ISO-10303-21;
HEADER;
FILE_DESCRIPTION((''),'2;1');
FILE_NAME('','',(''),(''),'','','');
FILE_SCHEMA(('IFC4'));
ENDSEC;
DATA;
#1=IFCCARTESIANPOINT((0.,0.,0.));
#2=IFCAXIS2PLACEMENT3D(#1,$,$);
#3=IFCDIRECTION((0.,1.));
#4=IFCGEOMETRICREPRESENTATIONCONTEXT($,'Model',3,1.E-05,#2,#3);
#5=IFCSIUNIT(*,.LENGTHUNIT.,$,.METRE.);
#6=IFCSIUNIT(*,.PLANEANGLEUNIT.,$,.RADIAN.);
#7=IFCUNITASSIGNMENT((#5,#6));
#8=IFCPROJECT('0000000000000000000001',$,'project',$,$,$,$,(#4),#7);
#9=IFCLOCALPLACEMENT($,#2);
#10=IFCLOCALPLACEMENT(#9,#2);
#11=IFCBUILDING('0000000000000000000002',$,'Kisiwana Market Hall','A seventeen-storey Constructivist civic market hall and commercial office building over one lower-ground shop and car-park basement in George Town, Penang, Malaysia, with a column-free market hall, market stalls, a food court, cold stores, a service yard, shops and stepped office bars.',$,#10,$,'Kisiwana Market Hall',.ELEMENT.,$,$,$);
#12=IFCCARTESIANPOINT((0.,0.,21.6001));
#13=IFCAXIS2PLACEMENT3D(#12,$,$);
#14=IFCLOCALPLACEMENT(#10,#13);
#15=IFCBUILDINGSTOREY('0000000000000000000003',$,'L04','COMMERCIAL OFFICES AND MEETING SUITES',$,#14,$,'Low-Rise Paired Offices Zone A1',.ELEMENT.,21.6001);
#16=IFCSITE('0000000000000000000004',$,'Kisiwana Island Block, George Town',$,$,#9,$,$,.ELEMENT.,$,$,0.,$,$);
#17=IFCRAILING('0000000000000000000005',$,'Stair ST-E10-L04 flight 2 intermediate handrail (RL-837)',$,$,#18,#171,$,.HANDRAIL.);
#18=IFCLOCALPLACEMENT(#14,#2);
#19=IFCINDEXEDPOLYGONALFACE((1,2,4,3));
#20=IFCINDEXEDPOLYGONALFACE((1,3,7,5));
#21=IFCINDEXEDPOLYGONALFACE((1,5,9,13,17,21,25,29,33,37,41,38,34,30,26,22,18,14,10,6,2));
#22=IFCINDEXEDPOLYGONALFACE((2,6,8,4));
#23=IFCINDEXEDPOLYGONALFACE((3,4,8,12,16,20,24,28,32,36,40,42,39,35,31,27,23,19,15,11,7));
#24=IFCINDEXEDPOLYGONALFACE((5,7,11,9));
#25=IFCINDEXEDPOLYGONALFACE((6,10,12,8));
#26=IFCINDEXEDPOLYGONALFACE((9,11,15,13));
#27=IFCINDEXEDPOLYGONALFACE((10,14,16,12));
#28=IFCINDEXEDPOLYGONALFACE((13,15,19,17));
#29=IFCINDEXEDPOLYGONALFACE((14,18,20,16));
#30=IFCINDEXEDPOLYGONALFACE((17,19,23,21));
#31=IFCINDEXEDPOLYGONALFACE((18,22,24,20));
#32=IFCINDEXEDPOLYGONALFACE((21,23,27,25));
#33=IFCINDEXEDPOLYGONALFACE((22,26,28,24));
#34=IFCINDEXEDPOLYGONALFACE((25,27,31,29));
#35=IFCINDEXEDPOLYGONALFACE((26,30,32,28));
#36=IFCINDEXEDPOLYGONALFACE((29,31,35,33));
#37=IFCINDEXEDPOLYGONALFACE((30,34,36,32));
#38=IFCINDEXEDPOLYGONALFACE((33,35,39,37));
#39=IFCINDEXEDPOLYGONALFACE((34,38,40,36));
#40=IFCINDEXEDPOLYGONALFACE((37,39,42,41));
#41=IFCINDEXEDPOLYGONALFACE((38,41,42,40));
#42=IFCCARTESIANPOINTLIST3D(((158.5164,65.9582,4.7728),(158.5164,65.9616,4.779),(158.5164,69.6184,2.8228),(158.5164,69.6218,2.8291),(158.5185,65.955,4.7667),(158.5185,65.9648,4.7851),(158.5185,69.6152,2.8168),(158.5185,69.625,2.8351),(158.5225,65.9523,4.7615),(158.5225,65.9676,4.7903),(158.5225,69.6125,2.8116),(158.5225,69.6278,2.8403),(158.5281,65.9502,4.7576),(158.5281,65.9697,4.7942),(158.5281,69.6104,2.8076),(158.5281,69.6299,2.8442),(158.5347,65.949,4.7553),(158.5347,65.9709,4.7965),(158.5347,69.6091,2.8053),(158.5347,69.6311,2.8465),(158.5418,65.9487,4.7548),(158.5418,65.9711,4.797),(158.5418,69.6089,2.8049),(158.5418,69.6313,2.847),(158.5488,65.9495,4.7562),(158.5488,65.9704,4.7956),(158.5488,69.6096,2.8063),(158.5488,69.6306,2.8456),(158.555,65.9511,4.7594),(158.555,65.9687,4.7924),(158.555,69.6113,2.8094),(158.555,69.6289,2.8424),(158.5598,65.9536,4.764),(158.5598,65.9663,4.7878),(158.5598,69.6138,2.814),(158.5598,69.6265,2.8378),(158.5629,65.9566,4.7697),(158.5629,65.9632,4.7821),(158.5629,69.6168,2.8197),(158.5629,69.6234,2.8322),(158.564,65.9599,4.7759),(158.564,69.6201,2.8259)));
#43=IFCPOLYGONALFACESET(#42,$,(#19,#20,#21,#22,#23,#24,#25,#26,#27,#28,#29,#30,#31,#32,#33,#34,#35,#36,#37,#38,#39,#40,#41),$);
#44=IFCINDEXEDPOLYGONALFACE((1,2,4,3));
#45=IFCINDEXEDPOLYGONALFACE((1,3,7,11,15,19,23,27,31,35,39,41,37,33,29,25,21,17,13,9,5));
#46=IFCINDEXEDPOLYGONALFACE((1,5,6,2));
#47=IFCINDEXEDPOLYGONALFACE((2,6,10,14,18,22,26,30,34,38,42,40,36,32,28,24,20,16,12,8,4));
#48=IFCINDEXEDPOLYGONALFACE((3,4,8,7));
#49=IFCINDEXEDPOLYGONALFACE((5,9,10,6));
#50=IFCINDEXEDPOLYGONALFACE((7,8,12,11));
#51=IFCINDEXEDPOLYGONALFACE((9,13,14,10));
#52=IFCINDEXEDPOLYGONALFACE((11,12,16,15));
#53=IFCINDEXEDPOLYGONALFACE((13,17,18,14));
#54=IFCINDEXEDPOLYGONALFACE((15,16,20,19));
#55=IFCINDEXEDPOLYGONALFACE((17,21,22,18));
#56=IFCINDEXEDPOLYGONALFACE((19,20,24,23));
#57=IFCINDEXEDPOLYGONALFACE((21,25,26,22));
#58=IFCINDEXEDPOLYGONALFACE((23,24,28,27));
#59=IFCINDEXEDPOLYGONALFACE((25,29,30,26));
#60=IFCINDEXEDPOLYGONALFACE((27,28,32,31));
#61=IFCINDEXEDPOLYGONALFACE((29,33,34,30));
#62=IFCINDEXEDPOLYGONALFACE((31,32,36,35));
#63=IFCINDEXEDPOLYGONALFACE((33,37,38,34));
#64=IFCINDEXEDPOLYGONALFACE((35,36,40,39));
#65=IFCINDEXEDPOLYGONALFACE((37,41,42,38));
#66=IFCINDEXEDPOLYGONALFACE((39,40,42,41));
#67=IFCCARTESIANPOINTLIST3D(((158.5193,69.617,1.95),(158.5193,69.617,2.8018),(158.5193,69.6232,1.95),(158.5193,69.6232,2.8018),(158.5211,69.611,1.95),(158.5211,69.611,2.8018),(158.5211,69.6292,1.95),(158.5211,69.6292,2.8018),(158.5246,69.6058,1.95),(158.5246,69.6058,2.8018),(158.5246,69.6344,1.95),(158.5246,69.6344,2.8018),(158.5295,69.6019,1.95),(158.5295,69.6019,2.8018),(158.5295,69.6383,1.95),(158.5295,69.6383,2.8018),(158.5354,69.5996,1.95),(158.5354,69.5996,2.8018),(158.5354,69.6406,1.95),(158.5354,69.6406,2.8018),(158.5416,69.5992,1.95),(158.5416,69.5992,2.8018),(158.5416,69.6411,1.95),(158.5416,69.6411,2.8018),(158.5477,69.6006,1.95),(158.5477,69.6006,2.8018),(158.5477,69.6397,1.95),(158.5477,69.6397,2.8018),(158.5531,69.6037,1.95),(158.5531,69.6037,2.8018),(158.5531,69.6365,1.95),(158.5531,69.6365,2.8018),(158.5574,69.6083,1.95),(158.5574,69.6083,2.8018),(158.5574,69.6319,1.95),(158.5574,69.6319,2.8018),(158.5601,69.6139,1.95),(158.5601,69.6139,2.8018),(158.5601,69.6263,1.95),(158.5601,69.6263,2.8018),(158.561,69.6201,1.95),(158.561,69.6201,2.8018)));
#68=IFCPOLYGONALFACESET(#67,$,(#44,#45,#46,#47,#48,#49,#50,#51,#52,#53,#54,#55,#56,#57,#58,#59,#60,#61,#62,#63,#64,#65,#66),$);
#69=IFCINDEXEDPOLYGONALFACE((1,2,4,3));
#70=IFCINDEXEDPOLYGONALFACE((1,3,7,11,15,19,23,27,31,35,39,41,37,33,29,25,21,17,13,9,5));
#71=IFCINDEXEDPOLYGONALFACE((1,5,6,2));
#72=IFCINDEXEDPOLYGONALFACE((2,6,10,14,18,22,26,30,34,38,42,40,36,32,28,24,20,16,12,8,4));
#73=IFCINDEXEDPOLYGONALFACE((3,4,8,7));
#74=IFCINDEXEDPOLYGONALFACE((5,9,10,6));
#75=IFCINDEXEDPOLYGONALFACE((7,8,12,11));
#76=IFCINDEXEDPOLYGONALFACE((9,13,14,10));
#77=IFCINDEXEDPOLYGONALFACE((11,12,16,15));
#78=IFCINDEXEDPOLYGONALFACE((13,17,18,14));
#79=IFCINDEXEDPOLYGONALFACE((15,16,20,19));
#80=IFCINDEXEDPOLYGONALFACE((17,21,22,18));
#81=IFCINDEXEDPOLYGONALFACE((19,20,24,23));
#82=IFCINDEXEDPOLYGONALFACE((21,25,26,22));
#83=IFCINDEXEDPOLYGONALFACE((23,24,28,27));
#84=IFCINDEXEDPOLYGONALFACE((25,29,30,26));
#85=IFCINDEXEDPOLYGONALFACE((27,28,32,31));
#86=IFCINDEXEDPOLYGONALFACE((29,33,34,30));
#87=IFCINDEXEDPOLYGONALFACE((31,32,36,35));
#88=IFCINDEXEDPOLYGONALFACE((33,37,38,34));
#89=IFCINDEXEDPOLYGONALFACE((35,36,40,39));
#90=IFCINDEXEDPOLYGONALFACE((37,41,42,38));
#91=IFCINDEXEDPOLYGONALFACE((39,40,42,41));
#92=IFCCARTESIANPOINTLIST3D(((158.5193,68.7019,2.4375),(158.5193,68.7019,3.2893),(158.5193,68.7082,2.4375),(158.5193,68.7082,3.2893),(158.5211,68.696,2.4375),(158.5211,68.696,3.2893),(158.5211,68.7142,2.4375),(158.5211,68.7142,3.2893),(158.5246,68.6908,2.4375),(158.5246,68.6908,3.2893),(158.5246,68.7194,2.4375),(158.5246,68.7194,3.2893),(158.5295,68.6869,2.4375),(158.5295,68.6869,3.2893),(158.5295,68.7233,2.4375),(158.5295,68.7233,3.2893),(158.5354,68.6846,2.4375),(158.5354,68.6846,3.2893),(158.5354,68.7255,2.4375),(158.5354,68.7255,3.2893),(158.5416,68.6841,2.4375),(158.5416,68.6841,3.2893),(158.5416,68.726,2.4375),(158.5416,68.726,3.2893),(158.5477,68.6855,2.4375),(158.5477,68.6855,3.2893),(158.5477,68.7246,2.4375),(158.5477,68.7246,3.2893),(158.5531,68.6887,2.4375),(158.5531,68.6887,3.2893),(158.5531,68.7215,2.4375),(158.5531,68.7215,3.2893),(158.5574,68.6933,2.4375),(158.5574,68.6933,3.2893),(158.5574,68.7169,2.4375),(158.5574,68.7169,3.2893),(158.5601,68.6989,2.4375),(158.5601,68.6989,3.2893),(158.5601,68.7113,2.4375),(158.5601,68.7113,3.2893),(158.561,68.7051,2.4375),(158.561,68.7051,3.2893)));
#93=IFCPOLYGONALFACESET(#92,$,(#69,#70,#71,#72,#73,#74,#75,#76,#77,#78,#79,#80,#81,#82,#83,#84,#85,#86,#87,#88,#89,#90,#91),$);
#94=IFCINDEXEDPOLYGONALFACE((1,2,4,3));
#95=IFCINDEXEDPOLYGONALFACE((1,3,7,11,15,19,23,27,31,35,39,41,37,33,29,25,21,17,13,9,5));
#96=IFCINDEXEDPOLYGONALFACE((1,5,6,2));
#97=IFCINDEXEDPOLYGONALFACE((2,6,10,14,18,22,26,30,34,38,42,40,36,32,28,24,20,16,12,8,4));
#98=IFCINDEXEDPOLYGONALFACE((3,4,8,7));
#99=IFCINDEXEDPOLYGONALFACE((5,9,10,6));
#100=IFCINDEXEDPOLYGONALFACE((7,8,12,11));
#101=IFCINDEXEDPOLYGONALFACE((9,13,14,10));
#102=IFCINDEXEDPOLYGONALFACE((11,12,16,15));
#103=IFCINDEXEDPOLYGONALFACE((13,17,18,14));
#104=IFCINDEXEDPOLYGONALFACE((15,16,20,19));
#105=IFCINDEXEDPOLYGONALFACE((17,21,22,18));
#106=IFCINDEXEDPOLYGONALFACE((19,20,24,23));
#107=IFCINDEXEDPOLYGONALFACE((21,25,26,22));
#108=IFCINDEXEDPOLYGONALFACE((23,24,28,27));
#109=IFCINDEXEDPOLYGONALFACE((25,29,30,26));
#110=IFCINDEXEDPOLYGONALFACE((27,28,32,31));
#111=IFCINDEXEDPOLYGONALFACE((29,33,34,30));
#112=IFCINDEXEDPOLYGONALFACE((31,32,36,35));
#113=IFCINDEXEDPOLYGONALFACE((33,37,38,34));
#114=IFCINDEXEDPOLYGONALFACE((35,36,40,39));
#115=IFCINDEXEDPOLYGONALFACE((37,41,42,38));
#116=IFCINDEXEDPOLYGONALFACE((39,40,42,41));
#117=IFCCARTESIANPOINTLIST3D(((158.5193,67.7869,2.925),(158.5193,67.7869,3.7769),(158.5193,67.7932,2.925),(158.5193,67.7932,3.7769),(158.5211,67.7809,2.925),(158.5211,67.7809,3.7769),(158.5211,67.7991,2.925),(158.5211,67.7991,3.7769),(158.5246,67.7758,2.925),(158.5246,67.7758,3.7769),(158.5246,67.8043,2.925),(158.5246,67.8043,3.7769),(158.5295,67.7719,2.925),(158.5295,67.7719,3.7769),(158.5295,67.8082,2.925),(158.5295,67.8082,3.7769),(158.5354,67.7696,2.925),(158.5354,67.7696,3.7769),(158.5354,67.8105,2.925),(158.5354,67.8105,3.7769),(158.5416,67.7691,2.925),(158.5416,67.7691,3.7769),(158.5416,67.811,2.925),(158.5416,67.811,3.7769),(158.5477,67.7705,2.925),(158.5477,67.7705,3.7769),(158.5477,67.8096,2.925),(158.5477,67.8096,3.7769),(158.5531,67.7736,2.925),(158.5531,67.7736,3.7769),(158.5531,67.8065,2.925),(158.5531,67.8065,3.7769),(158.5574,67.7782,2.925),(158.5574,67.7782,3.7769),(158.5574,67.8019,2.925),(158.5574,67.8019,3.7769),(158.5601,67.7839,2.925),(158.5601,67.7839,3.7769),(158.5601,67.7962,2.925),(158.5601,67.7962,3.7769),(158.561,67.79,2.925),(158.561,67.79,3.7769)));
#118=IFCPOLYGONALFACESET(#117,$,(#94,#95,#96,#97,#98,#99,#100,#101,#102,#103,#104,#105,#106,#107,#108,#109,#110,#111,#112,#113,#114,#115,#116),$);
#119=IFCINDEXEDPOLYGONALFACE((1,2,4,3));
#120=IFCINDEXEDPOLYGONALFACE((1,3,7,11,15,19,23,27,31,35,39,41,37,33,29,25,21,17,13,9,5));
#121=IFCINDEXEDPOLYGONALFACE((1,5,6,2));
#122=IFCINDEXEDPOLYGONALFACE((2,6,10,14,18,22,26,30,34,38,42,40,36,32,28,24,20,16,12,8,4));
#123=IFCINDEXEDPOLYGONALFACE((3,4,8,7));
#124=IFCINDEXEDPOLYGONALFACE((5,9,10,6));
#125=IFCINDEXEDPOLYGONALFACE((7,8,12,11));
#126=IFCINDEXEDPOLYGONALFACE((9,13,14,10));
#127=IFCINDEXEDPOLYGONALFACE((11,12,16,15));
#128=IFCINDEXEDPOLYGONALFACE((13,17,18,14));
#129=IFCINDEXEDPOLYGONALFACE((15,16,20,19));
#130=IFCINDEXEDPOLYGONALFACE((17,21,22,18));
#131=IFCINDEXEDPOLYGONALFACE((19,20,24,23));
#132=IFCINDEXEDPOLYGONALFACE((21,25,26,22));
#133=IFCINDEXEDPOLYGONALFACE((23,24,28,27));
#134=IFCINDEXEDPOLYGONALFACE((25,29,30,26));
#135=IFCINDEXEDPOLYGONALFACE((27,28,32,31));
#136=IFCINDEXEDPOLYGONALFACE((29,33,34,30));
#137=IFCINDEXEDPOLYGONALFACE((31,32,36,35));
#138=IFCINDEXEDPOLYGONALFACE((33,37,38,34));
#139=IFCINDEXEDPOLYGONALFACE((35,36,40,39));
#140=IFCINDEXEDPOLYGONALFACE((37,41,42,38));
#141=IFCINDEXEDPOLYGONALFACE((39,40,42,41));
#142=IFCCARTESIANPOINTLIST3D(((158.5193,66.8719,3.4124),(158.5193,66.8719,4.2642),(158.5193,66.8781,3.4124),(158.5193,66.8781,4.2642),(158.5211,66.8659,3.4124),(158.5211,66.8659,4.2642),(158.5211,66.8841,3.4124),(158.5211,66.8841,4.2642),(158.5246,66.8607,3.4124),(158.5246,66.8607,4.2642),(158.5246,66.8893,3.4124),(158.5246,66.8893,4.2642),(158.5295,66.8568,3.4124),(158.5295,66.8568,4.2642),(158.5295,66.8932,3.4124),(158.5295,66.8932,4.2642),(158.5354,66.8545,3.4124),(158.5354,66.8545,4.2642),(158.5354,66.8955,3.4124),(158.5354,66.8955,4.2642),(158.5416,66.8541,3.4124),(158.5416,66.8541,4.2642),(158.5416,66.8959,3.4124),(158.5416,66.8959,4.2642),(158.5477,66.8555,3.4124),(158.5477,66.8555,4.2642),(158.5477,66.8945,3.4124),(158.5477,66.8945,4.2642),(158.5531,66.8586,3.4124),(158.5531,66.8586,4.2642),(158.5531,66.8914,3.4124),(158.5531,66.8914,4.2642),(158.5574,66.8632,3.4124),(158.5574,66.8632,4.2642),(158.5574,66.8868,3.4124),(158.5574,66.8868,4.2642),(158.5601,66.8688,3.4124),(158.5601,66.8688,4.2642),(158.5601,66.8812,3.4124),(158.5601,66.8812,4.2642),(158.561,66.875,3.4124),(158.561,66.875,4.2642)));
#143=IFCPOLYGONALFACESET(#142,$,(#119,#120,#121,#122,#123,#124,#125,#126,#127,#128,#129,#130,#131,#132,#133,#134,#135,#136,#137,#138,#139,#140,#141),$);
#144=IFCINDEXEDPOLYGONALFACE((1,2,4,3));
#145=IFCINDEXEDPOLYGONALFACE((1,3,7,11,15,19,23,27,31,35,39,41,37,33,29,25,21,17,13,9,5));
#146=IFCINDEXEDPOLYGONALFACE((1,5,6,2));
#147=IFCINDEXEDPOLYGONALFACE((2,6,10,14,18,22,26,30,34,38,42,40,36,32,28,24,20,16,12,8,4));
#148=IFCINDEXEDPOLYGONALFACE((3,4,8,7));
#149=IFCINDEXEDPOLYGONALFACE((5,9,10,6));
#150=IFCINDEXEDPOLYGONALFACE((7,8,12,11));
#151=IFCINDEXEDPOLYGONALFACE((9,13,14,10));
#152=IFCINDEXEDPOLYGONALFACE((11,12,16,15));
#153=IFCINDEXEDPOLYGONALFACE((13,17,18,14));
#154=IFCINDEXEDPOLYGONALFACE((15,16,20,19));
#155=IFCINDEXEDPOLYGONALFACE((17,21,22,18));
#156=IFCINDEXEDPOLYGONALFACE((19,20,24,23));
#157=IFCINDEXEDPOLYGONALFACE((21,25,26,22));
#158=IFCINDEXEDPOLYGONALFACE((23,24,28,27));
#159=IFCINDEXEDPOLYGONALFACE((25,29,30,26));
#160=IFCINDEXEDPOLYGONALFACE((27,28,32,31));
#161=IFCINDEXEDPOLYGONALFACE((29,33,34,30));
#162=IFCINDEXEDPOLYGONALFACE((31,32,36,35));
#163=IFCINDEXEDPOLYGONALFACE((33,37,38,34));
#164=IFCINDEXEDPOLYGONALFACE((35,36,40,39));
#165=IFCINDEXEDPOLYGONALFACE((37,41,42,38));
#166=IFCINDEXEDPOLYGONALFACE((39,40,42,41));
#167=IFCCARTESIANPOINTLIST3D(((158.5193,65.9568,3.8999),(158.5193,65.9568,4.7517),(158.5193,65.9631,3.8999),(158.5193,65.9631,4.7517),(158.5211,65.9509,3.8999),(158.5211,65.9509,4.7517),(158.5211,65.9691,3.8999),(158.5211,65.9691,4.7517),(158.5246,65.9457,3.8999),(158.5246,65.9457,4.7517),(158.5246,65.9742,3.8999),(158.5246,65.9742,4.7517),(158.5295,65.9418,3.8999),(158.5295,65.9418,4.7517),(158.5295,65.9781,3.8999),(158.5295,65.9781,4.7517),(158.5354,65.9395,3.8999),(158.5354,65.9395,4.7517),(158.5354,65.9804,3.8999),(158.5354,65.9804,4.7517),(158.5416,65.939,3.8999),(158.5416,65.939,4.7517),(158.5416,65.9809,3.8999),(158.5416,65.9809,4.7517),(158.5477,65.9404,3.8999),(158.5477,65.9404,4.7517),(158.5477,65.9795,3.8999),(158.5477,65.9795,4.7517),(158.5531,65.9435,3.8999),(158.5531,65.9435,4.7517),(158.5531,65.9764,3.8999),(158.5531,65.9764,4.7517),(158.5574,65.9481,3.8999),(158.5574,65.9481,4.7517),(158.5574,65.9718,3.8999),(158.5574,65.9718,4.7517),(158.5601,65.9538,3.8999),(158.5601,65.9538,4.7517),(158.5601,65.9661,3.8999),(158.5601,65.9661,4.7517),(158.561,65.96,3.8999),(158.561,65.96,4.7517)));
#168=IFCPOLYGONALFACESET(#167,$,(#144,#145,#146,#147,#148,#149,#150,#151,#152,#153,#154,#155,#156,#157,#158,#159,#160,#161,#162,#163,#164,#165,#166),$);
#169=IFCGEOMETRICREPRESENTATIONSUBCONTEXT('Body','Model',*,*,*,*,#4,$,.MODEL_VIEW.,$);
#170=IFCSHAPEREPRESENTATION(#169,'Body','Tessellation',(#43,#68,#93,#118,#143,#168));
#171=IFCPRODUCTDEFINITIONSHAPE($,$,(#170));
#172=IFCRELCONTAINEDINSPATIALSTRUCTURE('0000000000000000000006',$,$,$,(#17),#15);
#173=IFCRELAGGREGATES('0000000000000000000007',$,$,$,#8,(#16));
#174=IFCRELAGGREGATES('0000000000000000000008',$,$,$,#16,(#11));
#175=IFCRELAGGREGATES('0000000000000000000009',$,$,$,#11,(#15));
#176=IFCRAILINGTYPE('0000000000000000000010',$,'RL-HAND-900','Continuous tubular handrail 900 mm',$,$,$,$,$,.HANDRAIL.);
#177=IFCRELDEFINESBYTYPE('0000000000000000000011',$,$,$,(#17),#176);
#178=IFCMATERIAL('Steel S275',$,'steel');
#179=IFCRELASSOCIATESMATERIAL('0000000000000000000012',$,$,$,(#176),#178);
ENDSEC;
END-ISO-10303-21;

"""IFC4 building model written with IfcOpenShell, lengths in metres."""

from ifc_helpers import new_model, si_unit, direction, frame, origin, origin_2d, place, context, subcontext, project, spatial, circle, extrude, material, type_object, element, save


model = new_model("IFC4")

# Units and contexts
model_context = context("Model", 3, precision=1e-05, world=origin(), true_north=direction((0.0, 1.0)))
body_context = subcontext(model_context, "Body", "Model", "MODEL_VIEW")
ifc_project = project(units=[si_unit("LENGTHUNIT", "METRE"), si_unit("PLANEANGLEUNIT", "RADIAN")], contexts=[model_context])

# Site, building, storey
site_placement = place(None, origin())
site = spatial("IfcSite", under=ifc_project, at=site_placement, Name="Kisiwana Island Block, George Town", CompositionType="ELEMENT", RefElevation=0.0)
building_placement = place(site_placement, origin())
building = spatial("IfcBuilding", under=site, at=building_placement, Name="Kisiwana Market Hall", Description="A seventeen-storey Constructivist civic market hall and commercial office building over one lower-ground shop and car-park basement in George Town, Penang, Malaysia, with a column-free market hall, market stalls, a food court, cold stores, a service yard, shops and stepped office bars.", LongName="Kisiwana Market Hall", CompositionType="ELEMENT")
storey_placement = place(building_placement, frame((0.0, 0.0, 21.6001)))
storey = spatial("IfcBuildingStorey", under=building, at=storey_placement, Name="L04", Description="COMMERCIAL OFFICES AND MEETING SUITES", LongName="Low-Rise Paired Offices Zone A1", CompositionType="ELEMENT", Elevation=21.6001)

# Railing
ifc_material_1 = material(Name="Steel S275", Category="steel")
railing_type_1 = type_object("IfcRailingType", Name="RL-HAND-900", Description="Continuous tubular handrail 900 mm", PredefinedType="HANDRAIL", material=ifc_material_1)
for number, where, name in (
    (1, (158.54, 69.6201, 1.95), "Stair ST-E10-L04 flight 2 intermediate handrail (RL-837)"),
):
    element("IfcRailing", number, at=place(storey_placement, frame(where)), inside=storey, type_object=railing_type_1, Name=name, PredefinedType="HANDRAIL", context=body_context, shape_type="SweptSolid", body=[
        extrude(circle(Radius=0.0239, at=origin_2d()), frame((0.0, 0.0, 0.876), z_axis=(0.0, -0.882566, 0.470188), x_axis=(1.0, 0.0, 0.0)), (0.0, 0.0, 1.0), 4.1472),
        extrude(circle(Radius=0.021, at=origin_2d()), origin(), (0.0, 0.0, 1.0), 0.8518),
        extrude(circle(Radius=0.021, at=origin_2d()), frame((0.0, -0.915, 0.4875)), (0.0, 0.0, 1.0), 0.8518),
        extrude(circle(Radius=0.021, at=origin_2d()), frame((0.0, -1.8301, 0.9751)), (0.0, 0.0, 1.0), 0.8518),
        extrude(circle(Radius=0.021, at=origin_2d()), frame((0.0, -2.7451, 1.4624)), (0.0, 0.0, 1.0), 0.8518),
        extrude(circle(Radius=0.021, at=origin_2d()), frame((0.0, -3.6602, 1.95)), (0.0, 0.0, 1.0), 0.8518),
    ])

save(model, "model.ifc")
